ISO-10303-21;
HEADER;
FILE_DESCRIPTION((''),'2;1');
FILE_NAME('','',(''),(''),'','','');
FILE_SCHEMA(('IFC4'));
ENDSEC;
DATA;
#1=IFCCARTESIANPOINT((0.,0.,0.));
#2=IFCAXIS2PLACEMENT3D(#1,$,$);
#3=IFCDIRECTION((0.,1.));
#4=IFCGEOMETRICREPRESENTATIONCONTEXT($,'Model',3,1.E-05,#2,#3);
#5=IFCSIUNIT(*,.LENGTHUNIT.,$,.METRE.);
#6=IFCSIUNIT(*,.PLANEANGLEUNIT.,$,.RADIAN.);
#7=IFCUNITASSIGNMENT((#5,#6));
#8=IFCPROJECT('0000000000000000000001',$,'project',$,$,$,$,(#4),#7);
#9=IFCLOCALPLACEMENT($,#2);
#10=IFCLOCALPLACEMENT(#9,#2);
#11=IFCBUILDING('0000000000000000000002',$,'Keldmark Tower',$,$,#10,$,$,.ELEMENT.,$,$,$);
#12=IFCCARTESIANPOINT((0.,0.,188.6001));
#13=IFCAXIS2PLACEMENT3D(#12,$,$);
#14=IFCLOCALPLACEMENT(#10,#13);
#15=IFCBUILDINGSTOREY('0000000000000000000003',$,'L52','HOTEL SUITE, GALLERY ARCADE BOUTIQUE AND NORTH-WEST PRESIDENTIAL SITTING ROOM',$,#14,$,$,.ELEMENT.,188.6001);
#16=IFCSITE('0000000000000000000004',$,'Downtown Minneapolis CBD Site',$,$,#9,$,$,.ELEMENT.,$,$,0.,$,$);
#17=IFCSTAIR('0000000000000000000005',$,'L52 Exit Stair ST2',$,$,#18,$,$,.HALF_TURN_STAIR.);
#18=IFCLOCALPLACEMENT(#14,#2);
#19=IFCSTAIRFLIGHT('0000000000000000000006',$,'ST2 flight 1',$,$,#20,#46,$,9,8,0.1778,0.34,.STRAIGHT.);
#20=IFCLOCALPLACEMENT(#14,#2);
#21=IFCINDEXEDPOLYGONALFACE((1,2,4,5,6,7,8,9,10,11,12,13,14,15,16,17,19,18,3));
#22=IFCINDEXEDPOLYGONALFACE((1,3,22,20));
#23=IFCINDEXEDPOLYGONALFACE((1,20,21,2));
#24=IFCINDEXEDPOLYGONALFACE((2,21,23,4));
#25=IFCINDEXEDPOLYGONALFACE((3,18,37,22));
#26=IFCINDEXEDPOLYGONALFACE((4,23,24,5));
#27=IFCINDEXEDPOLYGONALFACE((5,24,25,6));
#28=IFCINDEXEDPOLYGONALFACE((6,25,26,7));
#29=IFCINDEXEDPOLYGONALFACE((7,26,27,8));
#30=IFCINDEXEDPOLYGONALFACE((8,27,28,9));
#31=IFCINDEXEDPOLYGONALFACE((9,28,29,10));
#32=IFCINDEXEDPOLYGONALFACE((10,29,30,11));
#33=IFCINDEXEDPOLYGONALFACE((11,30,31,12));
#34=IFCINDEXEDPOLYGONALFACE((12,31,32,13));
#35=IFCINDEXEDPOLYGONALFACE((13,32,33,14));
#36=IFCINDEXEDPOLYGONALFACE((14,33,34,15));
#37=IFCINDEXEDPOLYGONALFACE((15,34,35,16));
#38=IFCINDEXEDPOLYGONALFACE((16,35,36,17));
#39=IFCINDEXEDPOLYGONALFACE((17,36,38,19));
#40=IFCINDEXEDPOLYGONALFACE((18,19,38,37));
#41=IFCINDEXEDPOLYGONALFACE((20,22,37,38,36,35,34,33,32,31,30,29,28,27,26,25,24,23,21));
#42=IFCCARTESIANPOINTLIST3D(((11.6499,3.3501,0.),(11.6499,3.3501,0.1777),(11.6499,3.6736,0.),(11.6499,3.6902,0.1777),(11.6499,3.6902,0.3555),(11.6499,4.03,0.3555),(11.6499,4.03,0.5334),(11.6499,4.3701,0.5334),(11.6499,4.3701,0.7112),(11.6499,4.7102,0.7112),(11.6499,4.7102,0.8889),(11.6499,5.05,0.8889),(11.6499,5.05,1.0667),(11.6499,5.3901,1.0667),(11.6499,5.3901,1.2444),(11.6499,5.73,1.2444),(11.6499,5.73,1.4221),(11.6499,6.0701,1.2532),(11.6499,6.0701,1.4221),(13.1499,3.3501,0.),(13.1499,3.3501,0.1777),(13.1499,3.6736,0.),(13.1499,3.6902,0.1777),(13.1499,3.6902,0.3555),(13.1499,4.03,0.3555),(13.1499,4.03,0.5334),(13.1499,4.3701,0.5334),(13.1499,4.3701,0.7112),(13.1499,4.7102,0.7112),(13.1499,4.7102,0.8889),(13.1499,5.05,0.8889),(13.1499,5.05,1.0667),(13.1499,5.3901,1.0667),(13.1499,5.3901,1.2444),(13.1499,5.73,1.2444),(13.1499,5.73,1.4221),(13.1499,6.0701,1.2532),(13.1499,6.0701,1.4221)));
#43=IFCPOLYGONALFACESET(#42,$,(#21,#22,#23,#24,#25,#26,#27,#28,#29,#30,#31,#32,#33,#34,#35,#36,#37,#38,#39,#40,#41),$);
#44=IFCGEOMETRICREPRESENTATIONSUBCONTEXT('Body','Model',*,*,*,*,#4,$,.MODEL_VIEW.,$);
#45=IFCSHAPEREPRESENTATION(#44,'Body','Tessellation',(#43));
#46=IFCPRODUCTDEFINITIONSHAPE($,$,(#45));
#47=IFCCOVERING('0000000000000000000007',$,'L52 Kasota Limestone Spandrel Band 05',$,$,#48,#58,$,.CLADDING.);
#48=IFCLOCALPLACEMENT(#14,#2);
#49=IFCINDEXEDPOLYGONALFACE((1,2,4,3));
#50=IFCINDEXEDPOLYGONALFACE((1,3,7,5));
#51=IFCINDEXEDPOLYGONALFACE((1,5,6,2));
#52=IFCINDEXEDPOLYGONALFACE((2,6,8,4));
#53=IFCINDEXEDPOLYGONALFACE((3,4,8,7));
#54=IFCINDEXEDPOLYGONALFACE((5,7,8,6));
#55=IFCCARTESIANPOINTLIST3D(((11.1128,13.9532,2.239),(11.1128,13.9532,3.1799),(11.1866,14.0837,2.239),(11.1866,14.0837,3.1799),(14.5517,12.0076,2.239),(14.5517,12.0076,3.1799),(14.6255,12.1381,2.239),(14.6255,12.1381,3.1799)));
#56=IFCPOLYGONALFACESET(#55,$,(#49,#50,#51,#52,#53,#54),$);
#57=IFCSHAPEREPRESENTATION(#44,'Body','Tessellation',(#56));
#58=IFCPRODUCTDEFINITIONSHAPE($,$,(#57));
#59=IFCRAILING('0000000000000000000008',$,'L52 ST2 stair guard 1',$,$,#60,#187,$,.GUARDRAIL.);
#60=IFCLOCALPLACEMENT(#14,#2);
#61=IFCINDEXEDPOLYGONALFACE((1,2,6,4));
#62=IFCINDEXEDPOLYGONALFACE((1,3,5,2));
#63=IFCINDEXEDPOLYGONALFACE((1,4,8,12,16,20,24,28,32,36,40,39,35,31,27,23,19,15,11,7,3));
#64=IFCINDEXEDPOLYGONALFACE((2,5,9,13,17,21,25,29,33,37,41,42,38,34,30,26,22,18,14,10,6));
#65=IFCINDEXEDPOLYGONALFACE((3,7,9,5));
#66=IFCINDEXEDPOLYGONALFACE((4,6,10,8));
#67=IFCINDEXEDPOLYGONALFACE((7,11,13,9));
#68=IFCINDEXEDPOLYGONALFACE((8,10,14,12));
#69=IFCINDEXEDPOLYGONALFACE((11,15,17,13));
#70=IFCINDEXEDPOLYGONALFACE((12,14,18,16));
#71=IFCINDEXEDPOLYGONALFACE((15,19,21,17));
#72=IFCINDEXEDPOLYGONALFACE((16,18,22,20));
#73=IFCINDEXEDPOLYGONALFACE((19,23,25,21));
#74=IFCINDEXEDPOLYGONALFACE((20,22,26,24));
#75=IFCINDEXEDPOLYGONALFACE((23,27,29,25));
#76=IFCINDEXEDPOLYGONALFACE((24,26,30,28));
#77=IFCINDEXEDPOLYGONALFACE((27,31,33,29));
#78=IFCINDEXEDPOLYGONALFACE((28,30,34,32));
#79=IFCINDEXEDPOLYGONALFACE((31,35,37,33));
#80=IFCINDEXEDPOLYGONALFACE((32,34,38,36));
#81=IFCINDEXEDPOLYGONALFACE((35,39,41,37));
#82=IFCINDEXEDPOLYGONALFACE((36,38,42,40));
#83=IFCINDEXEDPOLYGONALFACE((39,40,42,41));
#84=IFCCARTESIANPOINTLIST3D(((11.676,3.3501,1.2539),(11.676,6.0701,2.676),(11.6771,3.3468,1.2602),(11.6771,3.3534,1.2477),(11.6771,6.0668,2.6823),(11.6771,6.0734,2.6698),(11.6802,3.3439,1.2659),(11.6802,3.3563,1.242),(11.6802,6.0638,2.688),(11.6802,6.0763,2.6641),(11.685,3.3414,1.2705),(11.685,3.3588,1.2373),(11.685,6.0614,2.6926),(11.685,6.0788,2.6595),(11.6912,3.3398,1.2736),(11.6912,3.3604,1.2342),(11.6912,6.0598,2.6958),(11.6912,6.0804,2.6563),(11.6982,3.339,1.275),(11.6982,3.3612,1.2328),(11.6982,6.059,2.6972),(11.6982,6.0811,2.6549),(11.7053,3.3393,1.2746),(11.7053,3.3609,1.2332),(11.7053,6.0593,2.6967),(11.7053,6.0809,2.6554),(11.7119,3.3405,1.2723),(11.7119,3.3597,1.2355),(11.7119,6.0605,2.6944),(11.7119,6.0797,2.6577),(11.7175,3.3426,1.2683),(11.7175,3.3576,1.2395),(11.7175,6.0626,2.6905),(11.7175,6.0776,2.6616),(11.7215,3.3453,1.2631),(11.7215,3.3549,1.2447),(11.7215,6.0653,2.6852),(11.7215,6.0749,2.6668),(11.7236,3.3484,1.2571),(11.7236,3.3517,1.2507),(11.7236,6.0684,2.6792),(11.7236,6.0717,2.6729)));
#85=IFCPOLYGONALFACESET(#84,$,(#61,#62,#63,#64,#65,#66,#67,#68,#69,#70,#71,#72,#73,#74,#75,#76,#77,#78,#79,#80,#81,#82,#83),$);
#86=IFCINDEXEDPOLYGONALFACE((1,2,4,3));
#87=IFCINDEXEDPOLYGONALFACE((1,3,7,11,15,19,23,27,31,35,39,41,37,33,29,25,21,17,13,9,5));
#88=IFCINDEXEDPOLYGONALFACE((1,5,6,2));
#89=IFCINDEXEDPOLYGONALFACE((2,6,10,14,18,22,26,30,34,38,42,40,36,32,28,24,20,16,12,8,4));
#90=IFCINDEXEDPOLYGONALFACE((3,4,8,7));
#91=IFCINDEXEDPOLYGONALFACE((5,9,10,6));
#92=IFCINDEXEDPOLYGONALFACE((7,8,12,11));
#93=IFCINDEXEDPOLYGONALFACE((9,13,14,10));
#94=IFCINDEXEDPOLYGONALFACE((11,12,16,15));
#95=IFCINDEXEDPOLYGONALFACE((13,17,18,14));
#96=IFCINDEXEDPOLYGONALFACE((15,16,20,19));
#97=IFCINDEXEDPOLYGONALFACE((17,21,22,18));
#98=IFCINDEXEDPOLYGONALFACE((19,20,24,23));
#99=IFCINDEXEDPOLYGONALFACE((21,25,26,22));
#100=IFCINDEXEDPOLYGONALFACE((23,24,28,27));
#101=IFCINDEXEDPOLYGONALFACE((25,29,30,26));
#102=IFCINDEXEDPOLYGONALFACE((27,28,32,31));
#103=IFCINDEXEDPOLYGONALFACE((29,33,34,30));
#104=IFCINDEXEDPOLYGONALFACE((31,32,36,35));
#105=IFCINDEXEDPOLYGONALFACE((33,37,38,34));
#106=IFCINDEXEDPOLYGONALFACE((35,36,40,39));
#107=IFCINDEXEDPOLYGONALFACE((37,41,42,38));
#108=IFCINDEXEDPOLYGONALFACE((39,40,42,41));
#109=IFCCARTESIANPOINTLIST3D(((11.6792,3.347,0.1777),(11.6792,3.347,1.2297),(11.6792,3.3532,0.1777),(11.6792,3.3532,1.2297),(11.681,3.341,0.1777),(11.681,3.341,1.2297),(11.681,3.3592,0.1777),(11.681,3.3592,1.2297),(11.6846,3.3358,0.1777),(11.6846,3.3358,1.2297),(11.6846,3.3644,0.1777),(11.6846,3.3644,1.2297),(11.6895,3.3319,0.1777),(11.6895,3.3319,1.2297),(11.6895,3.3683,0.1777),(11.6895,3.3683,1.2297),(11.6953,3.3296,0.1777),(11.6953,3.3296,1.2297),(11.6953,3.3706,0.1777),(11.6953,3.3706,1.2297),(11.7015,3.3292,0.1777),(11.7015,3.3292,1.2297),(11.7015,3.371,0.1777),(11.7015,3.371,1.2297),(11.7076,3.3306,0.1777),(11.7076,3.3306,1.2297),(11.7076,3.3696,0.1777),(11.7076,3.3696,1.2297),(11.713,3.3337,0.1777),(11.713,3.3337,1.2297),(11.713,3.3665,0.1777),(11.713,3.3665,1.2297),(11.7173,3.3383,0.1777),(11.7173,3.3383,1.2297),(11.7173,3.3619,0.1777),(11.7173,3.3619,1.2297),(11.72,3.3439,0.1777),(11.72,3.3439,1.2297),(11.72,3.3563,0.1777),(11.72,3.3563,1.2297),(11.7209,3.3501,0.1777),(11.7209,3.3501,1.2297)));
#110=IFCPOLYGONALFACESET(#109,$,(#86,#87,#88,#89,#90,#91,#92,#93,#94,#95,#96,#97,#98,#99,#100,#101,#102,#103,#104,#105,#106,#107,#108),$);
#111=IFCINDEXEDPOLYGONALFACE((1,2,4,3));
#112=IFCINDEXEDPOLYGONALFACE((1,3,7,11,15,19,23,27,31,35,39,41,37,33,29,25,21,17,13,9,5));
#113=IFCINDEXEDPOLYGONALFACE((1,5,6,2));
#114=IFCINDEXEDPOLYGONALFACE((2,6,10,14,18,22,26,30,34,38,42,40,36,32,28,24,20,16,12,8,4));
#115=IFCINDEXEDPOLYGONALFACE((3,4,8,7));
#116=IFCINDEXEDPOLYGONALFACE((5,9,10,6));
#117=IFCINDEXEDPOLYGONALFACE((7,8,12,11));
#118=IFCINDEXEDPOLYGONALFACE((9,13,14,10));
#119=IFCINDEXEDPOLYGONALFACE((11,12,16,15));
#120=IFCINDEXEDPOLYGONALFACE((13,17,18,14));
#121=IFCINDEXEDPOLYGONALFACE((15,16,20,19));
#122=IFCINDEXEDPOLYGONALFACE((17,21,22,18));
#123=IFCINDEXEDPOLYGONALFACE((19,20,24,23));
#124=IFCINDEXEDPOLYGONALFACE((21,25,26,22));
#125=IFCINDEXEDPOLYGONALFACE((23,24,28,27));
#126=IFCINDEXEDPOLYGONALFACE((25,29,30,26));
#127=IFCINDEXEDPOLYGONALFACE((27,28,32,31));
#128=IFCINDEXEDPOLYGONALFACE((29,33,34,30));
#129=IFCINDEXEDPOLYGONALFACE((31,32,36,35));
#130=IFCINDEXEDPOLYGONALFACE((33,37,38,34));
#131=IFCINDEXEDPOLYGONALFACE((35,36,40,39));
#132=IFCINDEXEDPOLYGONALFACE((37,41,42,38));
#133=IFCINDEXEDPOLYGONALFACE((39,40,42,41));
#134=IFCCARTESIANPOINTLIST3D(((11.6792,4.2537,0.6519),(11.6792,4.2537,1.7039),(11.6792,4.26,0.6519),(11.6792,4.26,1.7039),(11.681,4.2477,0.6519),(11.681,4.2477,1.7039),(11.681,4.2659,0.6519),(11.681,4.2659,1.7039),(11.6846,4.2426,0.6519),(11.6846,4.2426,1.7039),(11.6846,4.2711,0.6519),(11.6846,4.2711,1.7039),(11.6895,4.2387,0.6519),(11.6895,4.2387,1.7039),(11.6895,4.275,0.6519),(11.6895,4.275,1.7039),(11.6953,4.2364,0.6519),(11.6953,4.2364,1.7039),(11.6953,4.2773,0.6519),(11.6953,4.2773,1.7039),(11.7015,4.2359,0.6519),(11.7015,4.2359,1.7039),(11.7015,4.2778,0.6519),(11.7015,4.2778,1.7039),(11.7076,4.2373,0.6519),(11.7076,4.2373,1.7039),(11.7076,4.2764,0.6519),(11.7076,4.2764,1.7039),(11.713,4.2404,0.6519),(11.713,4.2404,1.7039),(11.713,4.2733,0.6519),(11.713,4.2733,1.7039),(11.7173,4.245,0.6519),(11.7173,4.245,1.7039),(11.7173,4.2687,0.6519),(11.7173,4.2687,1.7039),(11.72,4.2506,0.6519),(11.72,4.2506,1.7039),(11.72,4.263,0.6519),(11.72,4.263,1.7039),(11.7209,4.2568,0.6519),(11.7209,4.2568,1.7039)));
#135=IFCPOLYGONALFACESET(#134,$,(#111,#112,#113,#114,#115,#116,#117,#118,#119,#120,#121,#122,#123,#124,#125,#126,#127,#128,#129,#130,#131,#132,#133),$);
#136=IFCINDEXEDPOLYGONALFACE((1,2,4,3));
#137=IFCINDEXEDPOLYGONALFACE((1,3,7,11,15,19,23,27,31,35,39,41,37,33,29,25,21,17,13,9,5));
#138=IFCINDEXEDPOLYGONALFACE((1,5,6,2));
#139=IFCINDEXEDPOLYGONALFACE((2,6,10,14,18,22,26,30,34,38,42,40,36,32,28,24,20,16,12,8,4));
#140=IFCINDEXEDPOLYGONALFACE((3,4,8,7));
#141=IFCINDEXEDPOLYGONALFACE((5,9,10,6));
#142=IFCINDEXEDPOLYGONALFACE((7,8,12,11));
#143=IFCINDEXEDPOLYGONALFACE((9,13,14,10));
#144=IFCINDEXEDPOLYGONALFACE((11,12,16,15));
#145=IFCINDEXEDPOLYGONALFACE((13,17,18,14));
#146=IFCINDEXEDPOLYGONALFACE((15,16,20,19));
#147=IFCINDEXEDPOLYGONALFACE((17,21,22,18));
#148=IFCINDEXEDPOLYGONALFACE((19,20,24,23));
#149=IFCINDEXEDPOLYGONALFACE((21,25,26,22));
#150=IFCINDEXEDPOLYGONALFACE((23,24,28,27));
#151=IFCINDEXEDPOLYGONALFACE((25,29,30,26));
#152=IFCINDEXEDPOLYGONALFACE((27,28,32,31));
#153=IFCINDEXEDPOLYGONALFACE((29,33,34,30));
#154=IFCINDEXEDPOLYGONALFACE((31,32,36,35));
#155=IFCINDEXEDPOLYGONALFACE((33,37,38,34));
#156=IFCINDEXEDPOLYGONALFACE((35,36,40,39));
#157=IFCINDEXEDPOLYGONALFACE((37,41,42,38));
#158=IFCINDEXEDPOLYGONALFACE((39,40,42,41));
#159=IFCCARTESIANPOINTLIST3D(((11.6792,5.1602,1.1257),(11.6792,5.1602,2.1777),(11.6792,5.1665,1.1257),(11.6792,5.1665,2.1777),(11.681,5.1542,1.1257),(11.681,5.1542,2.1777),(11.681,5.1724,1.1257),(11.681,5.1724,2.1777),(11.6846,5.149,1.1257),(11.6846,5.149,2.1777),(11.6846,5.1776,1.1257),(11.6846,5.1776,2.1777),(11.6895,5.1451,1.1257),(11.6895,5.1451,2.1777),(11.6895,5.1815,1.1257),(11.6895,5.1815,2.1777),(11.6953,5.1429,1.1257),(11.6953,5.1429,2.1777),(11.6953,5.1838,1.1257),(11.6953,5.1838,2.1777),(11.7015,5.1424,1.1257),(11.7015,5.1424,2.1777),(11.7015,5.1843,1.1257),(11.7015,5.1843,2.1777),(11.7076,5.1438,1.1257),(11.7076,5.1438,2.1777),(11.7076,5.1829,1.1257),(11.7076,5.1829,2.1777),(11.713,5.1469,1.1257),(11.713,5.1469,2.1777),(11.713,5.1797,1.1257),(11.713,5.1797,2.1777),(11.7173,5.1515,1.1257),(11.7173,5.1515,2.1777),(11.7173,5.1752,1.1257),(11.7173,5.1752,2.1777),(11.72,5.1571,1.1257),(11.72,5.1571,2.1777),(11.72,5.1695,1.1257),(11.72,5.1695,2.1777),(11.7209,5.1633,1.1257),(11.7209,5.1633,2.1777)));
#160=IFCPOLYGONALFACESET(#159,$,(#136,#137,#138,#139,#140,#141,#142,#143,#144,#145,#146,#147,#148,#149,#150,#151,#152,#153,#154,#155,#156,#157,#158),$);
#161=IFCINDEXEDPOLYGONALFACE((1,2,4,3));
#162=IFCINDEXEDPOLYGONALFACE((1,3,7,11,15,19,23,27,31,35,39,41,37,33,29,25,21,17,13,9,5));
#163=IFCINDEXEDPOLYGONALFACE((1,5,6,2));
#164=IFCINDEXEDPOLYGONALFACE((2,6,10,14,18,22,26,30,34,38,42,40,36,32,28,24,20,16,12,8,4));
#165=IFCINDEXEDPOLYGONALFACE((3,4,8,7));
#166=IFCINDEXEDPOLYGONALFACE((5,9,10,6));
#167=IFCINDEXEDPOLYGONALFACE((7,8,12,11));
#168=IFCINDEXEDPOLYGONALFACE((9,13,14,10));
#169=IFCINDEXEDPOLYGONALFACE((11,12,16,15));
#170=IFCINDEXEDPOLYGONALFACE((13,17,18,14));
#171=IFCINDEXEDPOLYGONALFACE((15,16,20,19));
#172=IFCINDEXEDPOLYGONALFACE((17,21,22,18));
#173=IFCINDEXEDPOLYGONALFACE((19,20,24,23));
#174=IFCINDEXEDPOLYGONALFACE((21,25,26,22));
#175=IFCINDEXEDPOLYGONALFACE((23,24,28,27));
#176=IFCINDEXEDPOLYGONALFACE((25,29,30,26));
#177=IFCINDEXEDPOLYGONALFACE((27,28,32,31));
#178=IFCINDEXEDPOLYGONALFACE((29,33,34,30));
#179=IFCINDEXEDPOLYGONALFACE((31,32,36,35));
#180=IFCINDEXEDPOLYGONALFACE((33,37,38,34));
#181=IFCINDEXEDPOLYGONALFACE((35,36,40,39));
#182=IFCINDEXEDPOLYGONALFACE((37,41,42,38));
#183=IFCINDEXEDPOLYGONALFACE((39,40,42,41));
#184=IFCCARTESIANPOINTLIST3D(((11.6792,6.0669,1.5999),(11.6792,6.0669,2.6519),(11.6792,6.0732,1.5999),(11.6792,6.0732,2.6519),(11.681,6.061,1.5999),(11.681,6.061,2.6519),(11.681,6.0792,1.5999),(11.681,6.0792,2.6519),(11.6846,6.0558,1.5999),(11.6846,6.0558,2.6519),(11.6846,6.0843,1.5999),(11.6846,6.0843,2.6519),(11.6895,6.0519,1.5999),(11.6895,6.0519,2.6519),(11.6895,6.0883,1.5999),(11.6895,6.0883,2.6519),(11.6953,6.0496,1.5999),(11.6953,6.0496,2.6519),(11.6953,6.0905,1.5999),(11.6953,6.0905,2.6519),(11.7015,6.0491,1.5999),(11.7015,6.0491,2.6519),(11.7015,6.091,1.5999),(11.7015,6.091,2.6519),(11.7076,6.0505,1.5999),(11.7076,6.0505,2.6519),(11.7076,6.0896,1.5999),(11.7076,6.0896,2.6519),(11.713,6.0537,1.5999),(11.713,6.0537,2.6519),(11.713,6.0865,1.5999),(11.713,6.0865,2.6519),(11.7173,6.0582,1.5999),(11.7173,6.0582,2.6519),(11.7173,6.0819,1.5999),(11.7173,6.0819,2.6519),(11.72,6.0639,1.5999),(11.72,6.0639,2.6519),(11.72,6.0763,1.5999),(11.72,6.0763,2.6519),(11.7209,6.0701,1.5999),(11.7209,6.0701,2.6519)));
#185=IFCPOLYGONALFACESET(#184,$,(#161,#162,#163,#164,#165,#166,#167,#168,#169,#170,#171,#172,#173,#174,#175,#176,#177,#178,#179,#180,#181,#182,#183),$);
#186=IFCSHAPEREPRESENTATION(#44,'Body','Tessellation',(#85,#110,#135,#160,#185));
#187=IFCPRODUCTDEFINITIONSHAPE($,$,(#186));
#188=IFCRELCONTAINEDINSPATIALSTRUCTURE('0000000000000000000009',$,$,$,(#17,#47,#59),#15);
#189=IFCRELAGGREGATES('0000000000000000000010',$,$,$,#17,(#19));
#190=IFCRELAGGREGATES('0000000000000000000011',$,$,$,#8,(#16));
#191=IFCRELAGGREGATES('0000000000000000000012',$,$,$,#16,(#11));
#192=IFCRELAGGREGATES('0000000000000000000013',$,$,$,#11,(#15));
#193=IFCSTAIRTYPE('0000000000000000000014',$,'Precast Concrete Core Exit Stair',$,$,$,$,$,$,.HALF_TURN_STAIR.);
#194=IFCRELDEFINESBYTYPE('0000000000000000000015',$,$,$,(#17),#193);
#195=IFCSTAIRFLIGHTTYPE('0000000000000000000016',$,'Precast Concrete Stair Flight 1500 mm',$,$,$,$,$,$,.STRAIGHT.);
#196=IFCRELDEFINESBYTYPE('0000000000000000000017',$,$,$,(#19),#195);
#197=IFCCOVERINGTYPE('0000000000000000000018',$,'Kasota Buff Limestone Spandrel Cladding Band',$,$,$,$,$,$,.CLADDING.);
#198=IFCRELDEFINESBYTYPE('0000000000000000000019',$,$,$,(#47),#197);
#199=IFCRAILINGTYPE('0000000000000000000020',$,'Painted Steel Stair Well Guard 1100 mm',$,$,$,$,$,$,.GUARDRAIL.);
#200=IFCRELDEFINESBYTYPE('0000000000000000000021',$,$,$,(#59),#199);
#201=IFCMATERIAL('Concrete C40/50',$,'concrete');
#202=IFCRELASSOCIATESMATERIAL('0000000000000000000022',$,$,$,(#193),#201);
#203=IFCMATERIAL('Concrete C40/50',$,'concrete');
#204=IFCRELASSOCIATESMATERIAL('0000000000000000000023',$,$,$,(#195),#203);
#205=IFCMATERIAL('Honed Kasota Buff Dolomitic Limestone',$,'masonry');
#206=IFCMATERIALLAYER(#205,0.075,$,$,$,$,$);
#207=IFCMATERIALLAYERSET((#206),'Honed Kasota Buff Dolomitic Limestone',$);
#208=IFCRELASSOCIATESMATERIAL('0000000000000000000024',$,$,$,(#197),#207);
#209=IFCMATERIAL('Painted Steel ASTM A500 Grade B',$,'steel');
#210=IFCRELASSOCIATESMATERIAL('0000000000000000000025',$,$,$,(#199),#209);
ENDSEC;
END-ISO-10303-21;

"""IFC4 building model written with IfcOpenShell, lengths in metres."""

from ifc_helpers import new_model, si_unit, direction, frame, origin, origin_2d, place, context, subcontext, project, spatial, polyline, rectangle, circle, outline, extrude, material, layer, layer_set, type_object, element, aggregate, save


model = new_model("IFC4")

# Units and contexts
model_context = context("Model", 3, precision=1e-05, world=origin(), true_north=direction((0.0, 1.0)))
body_context = subcontext(model_context, "Body", "Model", "MODEL_VIEW")
ifc_project = project(units=[si_unit("LENGTHUNIT", "METRE"), si_unit("PLANEANGLEUNIT", "RADIAN")], contexts=[model_context])

# Site, building, storey
site_placement = place(None, origin())
site = spatial("IfcSite", under=ifc_project, at=site_placement, Name="Downtown Minneapolis CBD Site", CompositionType="ELEMENT", RefElevation=0.0)
building_placement = place(site_placement, origin())
building = spatial("IfcBuilding", under=site, at=building_placement, Name="Keldmark Tower", CompositionType="ELEMENT")
storey_placement = place(building_placement, frame((0.0, 0.0, 188.6001)))
storey = spatial("IfcBuildingStorey", under=building, at=storey_placement, Name="L52", Description="HOTEL SUITE, GALLERY ARCADE BOUTIQUE AND NORTH-WEST PRESIDENTIAL SITTING ROOM", CompositionType="ELEMENT", Elevation=188.6001)

# Stair, stair flight
ifc_material_1 = material(Name="Concrete C40/50", Category="concrete")
stair_type = type_object("IfcStairType", Name="Precast Concrete Core Exit Stair", PredefinedType="HALF_TURN_STAIR", material=ifc_material_1)
stair_placement = place(storey_placement, origin())
stair = element("IfcStair", 1, at=stair_placement, inside=storey, type_object=stair_type, Name="L52 Exit Stair ST2", PredefinedType="HALF_TURN_STAIR")
ifc_material_2 = material(Name="Concrete C40/50", Category="concrete")
stair_flight_type = type_object("IfcStairFlightType", Name="Precast Concrete Stair Flight 1500 mm", PredefinedType="STRAIGHT", material=ifc_material_2)
stair_flight_placement = place(storey_placement, frame((12.3999, 3.3501, 0.0), z_axis=(0.0, 0.0, 1.0), x_axis=(0.0, 1.0, 0.0)))
stair_flight = element("IfcStairFlight", 2, at=stair_flight_placement, type_object=stair_flight_type, Name="ST2 flight 1", NumberOfRisers=9, NumberOfTreads=8, PredefinedType="STRAIGHT", RiserHeight=0.1778, TreadLength=0.34, context=body_context, shape_type="SweptSolid", body=[
    extrude(outline(polyline([(0.0, 0.0), (0.0, 0.1777), (0.3401, 0.1777), (0.3401, 0.3555), (0.6799, 0.3555), (0.6799, 0.5334), (1.02, 0.5334), (1.02, 0.7112), (1.3601, 0.7112), (1.3601, 0.8889), (1.7, 0.8889), (1.7, 1.0667), (2.04, 1.0667), (2.04, 1.2444), (2.3799, 1.2444), (2.3799, 1.4221), (2.72, 1.4221), (2.72, 1.6001), (2.72, 1.2532), (0.3235, 0.0), (0.0, 0.0)])), frame((0.0, 0.75, 0.0), z_axis=(0.0, -1.0, 0.0), x_axis=(1.0, 0.0, 0.0)), (0.0, 0.0, 1.0), 1.5),
])
aggregate(stair, [stair_flight])

# Covering
ifc_material_3 = material(Name="Honed Kasota Buff Dolomitic Limestone", Category="masonry")
ifc_layer_1 = layer(ifc_material_3, 0.075)
ifc_layer_set_1 = layer_set([ifc_layer_1], Name="Honed Kasota Buff Dolomitic Limestone")
covering_type = type_object("IfcCoveringType", Name="Kasota Buff Limestone Spandrel Cladding Band", PredefinedType="CLADDING", material=ifc_layer_set_1)
covering_placement = place(storey_placement, frame((12.8691, 13.0457, 2.239), z_axis=(0.0, 0.0, 1.0), x_axis=(-0.870356, 0.492424, 0.0)))
element("IfcCovering", 3, at=covering_placement, inside=storey, type_object=covering_type, Name="L52 Kasota Limestone Spandrel Band 05", PredefinedType="CLADDING", context=body_context, shape_type="SweptSolid", body=[
    extrude(rectangle(XDim=3.9512, YDim=0.1499, at=origin_2d()), origin(), (0.0, 0.0, 1.0), 0.9409),
])

# Railing
ifc_material_4 = material(Name="Painted Steel ASTM A500 Grade B", Category="steel")
railing_type_1 = type_object("IfcRailingType", Name="Painted Steel Stair Well Guard 1100 mm", PredefinedType="GUARDRAIL", material=ifc_material_4)
railing_1_placement = place(storey_placement, frame((11.7, 3.3501, 0.1777)))
element("IfcRailing", 4, at=railing_1_placement, inside=storey, type_object=railing_type_1, Name="L52 ST2 stair guard 1", PredefinedType="GUARDRAIL", context=body_context, shape_type="SweptSolid", body=[
    extrude(circle(Radius=0.0239, at=origin_2d()), frame((0.0, 0.0, 1.0762), z_axis=(0.0, 0.886183, 0.463335), x_axis=(-1.0, 0.0, 0.0)), (0.0, 0.0, 1.0), 3.0693),
    extrude(circle(Radius=0.021, at=origin_2d()), origin(), (0.0, 0.0, 1.0), 1.052),
    extrude(circle(Radius=0.021, at=origin_2d()), frame((0.0, 0.9067, 0.4741)), (0.0, 0.0, 1.0), 1.052),
    extrude(circle(Radius=0.021, at=origin_2d()), frame((0.0, 1.8132, 0.948)), (0.0, 0.0, 1.0), 1.052),
    extrude(circle(Radius=0.021, at=origin_2d()), frame((0.0, 2.72, 1.4221)), (0.0, 0.0, 1.0), 1.052),
])

save(model, "model.ifc")
